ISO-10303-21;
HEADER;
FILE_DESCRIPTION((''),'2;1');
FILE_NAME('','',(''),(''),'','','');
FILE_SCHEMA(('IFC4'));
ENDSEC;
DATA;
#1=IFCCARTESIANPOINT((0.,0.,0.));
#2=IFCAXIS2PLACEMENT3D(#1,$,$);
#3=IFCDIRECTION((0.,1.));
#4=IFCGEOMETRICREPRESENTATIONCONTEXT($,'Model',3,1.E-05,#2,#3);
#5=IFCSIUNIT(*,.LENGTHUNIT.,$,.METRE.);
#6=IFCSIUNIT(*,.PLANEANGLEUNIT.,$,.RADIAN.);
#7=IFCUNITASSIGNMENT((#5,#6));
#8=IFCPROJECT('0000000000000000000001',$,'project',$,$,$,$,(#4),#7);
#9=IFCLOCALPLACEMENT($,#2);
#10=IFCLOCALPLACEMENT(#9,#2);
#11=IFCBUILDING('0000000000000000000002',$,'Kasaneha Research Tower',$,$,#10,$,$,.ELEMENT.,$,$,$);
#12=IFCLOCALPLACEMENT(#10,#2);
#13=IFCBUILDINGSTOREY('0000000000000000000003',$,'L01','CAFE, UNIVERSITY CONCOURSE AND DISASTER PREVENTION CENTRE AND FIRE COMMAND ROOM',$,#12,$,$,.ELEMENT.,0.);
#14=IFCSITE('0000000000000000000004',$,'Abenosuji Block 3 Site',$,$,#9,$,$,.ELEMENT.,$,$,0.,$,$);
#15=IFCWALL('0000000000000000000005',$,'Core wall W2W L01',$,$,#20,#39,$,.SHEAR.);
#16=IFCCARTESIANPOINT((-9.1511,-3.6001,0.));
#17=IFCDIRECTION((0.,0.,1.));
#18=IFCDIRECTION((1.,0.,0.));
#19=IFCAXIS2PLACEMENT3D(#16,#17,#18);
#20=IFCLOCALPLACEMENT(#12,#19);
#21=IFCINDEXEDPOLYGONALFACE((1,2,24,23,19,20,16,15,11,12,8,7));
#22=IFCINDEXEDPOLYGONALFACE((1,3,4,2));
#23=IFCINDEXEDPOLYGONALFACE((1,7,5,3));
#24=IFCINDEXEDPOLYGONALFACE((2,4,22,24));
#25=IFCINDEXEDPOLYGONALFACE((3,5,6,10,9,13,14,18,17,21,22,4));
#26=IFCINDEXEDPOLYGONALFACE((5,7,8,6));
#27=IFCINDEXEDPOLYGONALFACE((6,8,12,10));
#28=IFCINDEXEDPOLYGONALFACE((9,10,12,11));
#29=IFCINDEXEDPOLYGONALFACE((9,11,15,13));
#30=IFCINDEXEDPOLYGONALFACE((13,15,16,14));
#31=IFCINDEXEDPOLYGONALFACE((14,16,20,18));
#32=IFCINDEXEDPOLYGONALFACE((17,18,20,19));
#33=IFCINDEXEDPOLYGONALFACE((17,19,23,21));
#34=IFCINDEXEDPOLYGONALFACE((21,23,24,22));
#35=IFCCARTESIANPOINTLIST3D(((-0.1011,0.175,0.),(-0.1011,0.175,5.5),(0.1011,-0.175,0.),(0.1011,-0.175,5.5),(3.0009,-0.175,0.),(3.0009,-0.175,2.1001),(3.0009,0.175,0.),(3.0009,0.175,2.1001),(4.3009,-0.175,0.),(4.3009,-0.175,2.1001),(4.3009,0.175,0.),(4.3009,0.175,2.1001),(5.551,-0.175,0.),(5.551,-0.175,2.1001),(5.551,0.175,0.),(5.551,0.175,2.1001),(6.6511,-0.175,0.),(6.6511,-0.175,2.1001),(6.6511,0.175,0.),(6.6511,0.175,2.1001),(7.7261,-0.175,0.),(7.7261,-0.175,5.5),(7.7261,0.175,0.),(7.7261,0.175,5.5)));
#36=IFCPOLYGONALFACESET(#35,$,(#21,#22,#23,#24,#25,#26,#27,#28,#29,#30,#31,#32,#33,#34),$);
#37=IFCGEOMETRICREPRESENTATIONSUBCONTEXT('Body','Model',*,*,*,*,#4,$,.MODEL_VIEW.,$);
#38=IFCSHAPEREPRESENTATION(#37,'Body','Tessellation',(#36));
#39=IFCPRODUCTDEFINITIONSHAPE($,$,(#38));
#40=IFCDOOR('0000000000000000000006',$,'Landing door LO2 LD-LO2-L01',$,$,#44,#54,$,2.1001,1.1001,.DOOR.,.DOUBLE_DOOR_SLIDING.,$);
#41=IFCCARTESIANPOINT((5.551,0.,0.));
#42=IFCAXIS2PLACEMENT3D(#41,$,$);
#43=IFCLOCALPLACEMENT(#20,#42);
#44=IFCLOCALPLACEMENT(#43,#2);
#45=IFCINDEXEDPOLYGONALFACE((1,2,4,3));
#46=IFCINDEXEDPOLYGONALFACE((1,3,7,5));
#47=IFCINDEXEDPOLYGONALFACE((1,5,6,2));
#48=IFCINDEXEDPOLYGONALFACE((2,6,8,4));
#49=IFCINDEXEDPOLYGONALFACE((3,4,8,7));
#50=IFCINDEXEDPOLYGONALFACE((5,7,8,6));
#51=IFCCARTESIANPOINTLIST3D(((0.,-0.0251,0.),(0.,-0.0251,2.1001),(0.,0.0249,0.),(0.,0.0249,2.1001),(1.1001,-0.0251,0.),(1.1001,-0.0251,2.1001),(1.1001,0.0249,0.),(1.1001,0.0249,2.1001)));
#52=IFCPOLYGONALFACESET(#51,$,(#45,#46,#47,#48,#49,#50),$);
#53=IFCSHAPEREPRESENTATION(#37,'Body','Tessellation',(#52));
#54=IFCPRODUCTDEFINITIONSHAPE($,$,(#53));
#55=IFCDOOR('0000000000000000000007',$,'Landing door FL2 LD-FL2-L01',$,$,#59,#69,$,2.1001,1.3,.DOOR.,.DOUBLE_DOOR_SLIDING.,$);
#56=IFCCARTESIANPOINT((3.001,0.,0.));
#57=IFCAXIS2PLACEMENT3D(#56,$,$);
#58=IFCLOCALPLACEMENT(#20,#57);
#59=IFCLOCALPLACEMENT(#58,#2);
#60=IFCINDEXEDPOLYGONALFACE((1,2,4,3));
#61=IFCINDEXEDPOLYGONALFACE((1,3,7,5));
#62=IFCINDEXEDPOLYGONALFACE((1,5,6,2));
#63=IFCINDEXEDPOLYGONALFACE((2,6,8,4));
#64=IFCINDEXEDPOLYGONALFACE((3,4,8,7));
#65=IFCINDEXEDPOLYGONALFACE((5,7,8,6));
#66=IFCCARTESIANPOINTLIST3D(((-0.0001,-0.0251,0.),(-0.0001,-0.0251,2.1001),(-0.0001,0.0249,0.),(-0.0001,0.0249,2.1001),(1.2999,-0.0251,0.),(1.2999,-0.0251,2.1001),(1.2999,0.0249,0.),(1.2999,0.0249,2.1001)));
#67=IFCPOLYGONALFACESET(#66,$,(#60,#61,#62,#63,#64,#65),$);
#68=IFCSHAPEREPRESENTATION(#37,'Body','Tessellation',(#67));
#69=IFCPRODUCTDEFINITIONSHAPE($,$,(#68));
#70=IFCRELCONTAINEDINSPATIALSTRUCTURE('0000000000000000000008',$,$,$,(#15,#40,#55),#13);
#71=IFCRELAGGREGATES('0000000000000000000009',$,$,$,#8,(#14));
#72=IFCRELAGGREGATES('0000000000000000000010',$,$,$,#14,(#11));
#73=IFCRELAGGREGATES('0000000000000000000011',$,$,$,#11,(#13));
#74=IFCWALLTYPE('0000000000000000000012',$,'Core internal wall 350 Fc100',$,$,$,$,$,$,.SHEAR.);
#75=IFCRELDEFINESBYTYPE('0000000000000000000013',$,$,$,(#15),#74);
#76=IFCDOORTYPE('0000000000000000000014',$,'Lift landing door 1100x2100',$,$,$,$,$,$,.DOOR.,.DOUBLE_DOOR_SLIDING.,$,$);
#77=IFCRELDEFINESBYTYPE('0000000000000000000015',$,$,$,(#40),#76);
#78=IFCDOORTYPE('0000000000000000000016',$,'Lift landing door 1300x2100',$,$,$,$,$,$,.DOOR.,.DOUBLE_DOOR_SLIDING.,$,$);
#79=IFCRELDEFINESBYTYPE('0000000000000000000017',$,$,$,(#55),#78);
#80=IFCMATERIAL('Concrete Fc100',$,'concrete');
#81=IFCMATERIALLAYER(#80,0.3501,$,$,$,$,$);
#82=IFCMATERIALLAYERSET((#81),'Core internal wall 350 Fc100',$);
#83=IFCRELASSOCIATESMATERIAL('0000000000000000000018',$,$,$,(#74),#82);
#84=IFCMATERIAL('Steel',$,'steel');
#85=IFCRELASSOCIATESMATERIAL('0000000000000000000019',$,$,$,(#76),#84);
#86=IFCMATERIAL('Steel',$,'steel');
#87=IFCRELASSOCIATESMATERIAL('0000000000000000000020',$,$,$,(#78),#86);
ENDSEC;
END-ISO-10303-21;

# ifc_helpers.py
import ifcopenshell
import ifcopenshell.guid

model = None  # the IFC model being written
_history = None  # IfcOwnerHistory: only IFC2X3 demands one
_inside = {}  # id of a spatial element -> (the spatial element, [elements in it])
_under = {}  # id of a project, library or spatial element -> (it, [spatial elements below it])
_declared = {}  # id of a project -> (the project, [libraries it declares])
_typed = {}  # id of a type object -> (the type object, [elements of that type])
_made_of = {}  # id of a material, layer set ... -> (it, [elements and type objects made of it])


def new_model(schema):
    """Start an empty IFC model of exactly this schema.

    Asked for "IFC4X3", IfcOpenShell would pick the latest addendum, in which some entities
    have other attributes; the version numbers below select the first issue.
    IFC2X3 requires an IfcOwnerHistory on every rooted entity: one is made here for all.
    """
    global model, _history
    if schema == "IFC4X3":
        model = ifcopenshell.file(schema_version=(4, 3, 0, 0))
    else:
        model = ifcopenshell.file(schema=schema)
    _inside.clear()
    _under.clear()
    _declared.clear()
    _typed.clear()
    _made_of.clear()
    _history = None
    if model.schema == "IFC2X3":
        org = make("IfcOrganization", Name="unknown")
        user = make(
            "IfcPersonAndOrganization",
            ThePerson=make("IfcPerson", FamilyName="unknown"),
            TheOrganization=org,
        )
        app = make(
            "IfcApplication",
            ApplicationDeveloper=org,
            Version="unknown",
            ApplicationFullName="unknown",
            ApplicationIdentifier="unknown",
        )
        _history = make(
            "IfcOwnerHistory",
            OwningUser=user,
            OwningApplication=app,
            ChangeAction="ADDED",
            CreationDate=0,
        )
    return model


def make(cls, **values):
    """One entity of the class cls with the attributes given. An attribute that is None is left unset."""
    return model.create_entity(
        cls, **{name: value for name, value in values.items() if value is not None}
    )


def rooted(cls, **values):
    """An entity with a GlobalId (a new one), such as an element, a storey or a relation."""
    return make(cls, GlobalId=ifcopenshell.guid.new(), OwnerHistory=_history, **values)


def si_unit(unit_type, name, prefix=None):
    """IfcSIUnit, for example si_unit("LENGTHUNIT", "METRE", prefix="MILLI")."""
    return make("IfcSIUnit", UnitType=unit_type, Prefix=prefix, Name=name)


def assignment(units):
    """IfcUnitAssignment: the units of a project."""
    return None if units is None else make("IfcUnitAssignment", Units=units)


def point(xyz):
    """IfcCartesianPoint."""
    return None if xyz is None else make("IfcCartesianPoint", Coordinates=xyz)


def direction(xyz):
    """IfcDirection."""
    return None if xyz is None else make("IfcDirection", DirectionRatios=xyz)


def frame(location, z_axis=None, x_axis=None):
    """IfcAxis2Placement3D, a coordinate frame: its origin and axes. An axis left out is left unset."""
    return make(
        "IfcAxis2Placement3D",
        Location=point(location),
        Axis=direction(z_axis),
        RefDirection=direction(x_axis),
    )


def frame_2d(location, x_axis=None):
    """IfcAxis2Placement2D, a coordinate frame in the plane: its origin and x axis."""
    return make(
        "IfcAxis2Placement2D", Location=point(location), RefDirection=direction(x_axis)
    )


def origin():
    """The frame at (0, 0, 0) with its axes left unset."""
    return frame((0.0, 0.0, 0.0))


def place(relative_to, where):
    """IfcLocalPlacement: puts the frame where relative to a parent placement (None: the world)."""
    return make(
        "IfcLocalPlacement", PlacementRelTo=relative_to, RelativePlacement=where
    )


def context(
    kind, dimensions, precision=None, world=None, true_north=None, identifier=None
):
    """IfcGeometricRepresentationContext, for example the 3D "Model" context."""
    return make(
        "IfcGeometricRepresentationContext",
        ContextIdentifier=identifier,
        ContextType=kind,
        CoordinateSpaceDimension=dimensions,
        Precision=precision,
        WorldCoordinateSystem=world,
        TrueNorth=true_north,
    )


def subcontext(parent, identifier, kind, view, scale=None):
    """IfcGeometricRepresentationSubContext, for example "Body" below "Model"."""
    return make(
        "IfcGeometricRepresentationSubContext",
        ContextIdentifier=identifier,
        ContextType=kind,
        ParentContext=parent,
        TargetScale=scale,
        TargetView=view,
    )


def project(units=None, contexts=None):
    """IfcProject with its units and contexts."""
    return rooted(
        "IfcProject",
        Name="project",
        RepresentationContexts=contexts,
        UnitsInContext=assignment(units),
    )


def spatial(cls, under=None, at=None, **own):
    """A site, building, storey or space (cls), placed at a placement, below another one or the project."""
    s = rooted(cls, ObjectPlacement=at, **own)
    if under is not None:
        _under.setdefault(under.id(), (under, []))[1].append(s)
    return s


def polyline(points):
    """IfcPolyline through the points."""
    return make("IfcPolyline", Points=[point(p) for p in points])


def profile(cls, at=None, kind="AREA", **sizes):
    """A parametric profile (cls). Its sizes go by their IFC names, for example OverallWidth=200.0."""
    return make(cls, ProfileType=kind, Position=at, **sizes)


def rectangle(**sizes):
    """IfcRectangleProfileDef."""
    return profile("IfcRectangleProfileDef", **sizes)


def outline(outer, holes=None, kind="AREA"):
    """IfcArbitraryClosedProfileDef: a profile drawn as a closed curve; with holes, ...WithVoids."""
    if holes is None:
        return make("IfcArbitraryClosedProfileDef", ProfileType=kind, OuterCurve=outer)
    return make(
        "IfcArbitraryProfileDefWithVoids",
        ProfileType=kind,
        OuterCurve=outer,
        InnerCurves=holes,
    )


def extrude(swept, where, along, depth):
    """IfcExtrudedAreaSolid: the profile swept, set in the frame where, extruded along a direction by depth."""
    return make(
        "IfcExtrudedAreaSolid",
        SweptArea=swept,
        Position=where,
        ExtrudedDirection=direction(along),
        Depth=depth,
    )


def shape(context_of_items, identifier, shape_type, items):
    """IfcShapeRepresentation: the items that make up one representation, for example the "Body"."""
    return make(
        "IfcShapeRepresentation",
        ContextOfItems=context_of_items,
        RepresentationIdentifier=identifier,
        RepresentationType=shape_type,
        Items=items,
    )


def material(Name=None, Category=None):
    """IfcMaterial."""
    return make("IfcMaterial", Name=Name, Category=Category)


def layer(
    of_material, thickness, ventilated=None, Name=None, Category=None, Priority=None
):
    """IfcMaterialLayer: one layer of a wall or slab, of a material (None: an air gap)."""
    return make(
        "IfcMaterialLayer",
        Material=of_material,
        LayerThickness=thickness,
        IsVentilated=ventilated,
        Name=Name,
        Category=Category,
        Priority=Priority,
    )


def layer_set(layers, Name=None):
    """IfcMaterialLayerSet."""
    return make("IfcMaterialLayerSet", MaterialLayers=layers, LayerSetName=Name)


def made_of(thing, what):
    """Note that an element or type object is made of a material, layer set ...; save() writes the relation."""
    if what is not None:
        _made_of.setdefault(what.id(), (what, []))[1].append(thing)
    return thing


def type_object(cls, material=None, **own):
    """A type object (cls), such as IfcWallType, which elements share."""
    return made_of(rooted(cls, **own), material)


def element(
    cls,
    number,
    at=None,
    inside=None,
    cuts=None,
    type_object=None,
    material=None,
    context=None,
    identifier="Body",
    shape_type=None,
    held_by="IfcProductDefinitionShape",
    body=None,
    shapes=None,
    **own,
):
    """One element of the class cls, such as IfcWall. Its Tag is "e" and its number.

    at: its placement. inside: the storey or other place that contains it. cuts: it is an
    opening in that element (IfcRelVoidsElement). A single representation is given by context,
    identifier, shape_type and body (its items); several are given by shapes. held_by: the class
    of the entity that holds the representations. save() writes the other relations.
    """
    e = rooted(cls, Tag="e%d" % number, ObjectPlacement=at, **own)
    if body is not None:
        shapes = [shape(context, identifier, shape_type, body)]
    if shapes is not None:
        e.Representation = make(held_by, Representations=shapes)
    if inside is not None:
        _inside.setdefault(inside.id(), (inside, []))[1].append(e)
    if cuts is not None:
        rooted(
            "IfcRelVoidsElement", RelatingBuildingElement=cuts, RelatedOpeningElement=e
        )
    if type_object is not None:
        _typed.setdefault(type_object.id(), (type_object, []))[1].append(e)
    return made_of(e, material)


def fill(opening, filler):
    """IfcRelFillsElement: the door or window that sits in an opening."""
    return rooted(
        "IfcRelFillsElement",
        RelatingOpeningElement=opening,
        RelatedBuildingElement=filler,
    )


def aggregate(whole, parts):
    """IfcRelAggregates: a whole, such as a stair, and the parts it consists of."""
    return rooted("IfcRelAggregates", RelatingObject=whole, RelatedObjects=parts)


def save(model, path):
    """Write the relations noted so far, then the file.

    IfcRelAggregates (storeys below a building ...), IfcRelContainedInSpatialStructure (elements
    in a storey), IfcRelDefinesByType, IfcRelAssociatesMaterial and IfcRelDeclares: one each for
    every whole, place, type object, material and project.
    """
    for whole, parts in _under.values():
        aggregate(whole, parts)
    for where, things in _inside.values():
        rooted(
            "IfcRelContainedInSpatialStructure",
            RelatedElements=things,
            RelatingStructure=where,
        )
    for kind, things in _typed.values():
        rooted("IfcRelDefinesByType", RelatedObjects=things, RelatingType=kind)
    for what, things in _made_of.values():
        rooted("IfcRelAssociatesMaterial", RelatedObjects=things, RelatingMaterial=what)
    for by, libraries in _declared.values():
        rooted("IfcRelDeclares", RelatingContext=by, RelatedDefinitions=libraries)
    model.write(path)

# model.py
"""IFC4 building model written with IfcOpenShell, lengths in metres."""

from ifc_helpers import new_model, si_unit, direction, frame, frame_2d, origin, place, context, subcontext, project, spatial, polyline, rectangle, outline, extrude, material, layer, layer_set, type_object, element, fill, save


model = new_model("IFC4")

# Units and contexts
model_context = context("Model", 3, precision=1e-05, world=origin(), true_north=direction((0.0, 1.0)))
body_context = subcontext(model_context, "Body", "Model", "MODEL_VIEW")
ifc_project = project(units=[si_unit("LENGTHUNIT", "METRE"), si_unit("PLANEANGLEUNIT", "RADIAN")], contexts=[model_context])

# Site, building, storey
site_placement = place(None, origin())
site = spatial("IfcSite", under=ifc_project, at=site_placement, Name="Abenosuji Block 3 Site", CompositionType="ELEMENT", RefElevation=0.0)
building_placement = place(site_placement, origin())
building = spatial("IfcBuilding", under=site, at=building_placement, Name="Kasaneha Research Tower", CompositionType="ELEMENT")
storey_placement = place(building_placement, origin())
storey = spatial("IfcBuildingStorey", under=building, at=storey_placement, Name="L01", Description="CAFE, UNIVERSITY CONCOURSE AND DISASTER PREVENTION CENTRE AND FIRE COMMAND ROOM", CompositionType="ELEMENT", Elevation=0.0)

# Wall, openings, doors
ifc_material_1 = material(Name="Concrete Fc100", Category="concrete")
ifc_layer_1 = layer(ifc_material_1, 0.3501)
ifc_layer_set_1 = layer_set([ifc_layer_1], Name="Core internal wall 350 Fc100")
wall_type_1 = type_object("IfcWallType", Name="Core internal wall 350 Fc100", PredefinedType="SHEAR", material=ifc_layer_set_1)
wall_1_placement = place(storey_placement, frame((-9.1511, -3.6001, 0.0), z_axis=(0.0, 0.0, 1.0), x_axis=(1.0, 0.0, 0.0)))
wall_1 = element("IfcWall", 1, at=wall_1_placement, inside=storey, type_object=wall_type_1, Name="Core wall W2W L01", PredefinedType="SHEAR", context=body_context, shape_type="SweptSolid", body=[
    extrude(outline(polyline([(0.1011, -0.175), (3.001, -0.175), (4.301, -0.175), (5.551, -0.175), (6.6511, -0.175), (7.7261, -0.175), (7.7261, 0.175), (6.6511, 0.175), (5.551, 0.175), (4.301, 0.175), (3.001, 0.175), (-0.1011, 0.175), (0.1011, -0.175)])), origin(), (0.0, 0.0, 1.0), 5.5),
])
opening_1_placement = place(wall_1_placement, frame((5.551, 0.0, 0.0)))
opening_1 = element("IfcOpeningElement", 2, at=opening_1_placement, cuts=wall_1, PredefinedType="OPENING", context=body_context, shape_type="SweptSolid", body=[
    extrude(rectangle(XDim=1.1001, YDim=2.1001, at=frame_2d((0.55, 1.05))), frame((0.0, 0.1851, 0.0), z_axis=(0.0, -1.0, 0.0), x_axis=(1.0, 0.0, 0.0)), (0.0, 0.0, 1.0), 0.3701),
])
opening_2_placement = place(wall_1_placement, frame((3.001, 0.0, 0.0)))
opening_2 = element("IfcOpeningElement", 3, at=opening_2_placement, cuts=wall_1, PredefinedType="OPENING", context=body_context, shape_type="SweptSolid", body=[
    extrude(rectangle(XDim=1.3, YDim=2.1001, at=frame_2d((0.6499, 1.05))), frame((0.0, 0.1851, 0.0), z_axis=(0.0, -1.0, 0.0), x_axis=(1.0, 0.0, 0.0)), (0.0, 0.0, 1.0), 0.3701),
])
ifc_material_2 = material(Name="Steel", Category="steel")
door_type_1 = type_object("IfcDoorType", Name="Lift landing door 1100x2100", OperationType="DOUBLE_DOOR_SLIDING", PredefinedType="DOOR", material=ifc_material_2)
door_1_placement = place(opening_1_placement, origin())
door_1 = element("IfcDoor", 4, at=door_1_placement, inside=storey, type_object=door_type_1, Name="Landing door LO2 LD-LO2-L01", OperationType="DOUBLE_DOOR_SLIDING", OverallHeight=2.1001, OverallWidth=1.1001, PredefinedType="DOOR", context=body_context, shape_type="SweptSolid", body=[
    extrude(rectangle(XDim=1.1001, YDim=2.1001, at=frame_2d((0.55, 1.05))), frame((0.0, 0.0249, 0.0), z_axis=(0.0, -1.0, 0.0), x_axis=(1.0, 0.0, 0.0)), (0.0, 0.0, 1.0), 0.05),
])
fill(opening_1, door_1)
ifc_material_3 = material(Name="Steel", Category="steel")
door_type_2 = type_object("IfcDoorType", Name="Lift landing door 1300x2100", OperationType="DOUBLE_DOOR_SLIDING", PredefinedType="DOOR", material=ifc_material_3)
door_2_placement = place(opening_2_placement, origin())
door_2 = element("IfcDoor", 5, at=door_2_placement, inside=storey, type_object=door_type_2, Name="Landing door FL2 LD-FL2-L01", OperationType="DOUBLE_DOOR_SLIDING", OverallHeight=2.1001, OverallWidth=1.3, PredefinedType="DOOR", context=body_context, shape_type="SweptSolid", body=[
    extrude(rectangle(XDim=1.3, YDim=2.1001, at=frame_2d((0.6499, 1.05))), frame((0.0, 0.0249, 0.0), z_axis=(0.0, -1.0, 0.0), x_axis=(1.0, 0.0, 0.0)), (0.0, 0.0, 1.0), 0.05),
])
fill(opening_2, door_2)

save(model, "model.ifc")
